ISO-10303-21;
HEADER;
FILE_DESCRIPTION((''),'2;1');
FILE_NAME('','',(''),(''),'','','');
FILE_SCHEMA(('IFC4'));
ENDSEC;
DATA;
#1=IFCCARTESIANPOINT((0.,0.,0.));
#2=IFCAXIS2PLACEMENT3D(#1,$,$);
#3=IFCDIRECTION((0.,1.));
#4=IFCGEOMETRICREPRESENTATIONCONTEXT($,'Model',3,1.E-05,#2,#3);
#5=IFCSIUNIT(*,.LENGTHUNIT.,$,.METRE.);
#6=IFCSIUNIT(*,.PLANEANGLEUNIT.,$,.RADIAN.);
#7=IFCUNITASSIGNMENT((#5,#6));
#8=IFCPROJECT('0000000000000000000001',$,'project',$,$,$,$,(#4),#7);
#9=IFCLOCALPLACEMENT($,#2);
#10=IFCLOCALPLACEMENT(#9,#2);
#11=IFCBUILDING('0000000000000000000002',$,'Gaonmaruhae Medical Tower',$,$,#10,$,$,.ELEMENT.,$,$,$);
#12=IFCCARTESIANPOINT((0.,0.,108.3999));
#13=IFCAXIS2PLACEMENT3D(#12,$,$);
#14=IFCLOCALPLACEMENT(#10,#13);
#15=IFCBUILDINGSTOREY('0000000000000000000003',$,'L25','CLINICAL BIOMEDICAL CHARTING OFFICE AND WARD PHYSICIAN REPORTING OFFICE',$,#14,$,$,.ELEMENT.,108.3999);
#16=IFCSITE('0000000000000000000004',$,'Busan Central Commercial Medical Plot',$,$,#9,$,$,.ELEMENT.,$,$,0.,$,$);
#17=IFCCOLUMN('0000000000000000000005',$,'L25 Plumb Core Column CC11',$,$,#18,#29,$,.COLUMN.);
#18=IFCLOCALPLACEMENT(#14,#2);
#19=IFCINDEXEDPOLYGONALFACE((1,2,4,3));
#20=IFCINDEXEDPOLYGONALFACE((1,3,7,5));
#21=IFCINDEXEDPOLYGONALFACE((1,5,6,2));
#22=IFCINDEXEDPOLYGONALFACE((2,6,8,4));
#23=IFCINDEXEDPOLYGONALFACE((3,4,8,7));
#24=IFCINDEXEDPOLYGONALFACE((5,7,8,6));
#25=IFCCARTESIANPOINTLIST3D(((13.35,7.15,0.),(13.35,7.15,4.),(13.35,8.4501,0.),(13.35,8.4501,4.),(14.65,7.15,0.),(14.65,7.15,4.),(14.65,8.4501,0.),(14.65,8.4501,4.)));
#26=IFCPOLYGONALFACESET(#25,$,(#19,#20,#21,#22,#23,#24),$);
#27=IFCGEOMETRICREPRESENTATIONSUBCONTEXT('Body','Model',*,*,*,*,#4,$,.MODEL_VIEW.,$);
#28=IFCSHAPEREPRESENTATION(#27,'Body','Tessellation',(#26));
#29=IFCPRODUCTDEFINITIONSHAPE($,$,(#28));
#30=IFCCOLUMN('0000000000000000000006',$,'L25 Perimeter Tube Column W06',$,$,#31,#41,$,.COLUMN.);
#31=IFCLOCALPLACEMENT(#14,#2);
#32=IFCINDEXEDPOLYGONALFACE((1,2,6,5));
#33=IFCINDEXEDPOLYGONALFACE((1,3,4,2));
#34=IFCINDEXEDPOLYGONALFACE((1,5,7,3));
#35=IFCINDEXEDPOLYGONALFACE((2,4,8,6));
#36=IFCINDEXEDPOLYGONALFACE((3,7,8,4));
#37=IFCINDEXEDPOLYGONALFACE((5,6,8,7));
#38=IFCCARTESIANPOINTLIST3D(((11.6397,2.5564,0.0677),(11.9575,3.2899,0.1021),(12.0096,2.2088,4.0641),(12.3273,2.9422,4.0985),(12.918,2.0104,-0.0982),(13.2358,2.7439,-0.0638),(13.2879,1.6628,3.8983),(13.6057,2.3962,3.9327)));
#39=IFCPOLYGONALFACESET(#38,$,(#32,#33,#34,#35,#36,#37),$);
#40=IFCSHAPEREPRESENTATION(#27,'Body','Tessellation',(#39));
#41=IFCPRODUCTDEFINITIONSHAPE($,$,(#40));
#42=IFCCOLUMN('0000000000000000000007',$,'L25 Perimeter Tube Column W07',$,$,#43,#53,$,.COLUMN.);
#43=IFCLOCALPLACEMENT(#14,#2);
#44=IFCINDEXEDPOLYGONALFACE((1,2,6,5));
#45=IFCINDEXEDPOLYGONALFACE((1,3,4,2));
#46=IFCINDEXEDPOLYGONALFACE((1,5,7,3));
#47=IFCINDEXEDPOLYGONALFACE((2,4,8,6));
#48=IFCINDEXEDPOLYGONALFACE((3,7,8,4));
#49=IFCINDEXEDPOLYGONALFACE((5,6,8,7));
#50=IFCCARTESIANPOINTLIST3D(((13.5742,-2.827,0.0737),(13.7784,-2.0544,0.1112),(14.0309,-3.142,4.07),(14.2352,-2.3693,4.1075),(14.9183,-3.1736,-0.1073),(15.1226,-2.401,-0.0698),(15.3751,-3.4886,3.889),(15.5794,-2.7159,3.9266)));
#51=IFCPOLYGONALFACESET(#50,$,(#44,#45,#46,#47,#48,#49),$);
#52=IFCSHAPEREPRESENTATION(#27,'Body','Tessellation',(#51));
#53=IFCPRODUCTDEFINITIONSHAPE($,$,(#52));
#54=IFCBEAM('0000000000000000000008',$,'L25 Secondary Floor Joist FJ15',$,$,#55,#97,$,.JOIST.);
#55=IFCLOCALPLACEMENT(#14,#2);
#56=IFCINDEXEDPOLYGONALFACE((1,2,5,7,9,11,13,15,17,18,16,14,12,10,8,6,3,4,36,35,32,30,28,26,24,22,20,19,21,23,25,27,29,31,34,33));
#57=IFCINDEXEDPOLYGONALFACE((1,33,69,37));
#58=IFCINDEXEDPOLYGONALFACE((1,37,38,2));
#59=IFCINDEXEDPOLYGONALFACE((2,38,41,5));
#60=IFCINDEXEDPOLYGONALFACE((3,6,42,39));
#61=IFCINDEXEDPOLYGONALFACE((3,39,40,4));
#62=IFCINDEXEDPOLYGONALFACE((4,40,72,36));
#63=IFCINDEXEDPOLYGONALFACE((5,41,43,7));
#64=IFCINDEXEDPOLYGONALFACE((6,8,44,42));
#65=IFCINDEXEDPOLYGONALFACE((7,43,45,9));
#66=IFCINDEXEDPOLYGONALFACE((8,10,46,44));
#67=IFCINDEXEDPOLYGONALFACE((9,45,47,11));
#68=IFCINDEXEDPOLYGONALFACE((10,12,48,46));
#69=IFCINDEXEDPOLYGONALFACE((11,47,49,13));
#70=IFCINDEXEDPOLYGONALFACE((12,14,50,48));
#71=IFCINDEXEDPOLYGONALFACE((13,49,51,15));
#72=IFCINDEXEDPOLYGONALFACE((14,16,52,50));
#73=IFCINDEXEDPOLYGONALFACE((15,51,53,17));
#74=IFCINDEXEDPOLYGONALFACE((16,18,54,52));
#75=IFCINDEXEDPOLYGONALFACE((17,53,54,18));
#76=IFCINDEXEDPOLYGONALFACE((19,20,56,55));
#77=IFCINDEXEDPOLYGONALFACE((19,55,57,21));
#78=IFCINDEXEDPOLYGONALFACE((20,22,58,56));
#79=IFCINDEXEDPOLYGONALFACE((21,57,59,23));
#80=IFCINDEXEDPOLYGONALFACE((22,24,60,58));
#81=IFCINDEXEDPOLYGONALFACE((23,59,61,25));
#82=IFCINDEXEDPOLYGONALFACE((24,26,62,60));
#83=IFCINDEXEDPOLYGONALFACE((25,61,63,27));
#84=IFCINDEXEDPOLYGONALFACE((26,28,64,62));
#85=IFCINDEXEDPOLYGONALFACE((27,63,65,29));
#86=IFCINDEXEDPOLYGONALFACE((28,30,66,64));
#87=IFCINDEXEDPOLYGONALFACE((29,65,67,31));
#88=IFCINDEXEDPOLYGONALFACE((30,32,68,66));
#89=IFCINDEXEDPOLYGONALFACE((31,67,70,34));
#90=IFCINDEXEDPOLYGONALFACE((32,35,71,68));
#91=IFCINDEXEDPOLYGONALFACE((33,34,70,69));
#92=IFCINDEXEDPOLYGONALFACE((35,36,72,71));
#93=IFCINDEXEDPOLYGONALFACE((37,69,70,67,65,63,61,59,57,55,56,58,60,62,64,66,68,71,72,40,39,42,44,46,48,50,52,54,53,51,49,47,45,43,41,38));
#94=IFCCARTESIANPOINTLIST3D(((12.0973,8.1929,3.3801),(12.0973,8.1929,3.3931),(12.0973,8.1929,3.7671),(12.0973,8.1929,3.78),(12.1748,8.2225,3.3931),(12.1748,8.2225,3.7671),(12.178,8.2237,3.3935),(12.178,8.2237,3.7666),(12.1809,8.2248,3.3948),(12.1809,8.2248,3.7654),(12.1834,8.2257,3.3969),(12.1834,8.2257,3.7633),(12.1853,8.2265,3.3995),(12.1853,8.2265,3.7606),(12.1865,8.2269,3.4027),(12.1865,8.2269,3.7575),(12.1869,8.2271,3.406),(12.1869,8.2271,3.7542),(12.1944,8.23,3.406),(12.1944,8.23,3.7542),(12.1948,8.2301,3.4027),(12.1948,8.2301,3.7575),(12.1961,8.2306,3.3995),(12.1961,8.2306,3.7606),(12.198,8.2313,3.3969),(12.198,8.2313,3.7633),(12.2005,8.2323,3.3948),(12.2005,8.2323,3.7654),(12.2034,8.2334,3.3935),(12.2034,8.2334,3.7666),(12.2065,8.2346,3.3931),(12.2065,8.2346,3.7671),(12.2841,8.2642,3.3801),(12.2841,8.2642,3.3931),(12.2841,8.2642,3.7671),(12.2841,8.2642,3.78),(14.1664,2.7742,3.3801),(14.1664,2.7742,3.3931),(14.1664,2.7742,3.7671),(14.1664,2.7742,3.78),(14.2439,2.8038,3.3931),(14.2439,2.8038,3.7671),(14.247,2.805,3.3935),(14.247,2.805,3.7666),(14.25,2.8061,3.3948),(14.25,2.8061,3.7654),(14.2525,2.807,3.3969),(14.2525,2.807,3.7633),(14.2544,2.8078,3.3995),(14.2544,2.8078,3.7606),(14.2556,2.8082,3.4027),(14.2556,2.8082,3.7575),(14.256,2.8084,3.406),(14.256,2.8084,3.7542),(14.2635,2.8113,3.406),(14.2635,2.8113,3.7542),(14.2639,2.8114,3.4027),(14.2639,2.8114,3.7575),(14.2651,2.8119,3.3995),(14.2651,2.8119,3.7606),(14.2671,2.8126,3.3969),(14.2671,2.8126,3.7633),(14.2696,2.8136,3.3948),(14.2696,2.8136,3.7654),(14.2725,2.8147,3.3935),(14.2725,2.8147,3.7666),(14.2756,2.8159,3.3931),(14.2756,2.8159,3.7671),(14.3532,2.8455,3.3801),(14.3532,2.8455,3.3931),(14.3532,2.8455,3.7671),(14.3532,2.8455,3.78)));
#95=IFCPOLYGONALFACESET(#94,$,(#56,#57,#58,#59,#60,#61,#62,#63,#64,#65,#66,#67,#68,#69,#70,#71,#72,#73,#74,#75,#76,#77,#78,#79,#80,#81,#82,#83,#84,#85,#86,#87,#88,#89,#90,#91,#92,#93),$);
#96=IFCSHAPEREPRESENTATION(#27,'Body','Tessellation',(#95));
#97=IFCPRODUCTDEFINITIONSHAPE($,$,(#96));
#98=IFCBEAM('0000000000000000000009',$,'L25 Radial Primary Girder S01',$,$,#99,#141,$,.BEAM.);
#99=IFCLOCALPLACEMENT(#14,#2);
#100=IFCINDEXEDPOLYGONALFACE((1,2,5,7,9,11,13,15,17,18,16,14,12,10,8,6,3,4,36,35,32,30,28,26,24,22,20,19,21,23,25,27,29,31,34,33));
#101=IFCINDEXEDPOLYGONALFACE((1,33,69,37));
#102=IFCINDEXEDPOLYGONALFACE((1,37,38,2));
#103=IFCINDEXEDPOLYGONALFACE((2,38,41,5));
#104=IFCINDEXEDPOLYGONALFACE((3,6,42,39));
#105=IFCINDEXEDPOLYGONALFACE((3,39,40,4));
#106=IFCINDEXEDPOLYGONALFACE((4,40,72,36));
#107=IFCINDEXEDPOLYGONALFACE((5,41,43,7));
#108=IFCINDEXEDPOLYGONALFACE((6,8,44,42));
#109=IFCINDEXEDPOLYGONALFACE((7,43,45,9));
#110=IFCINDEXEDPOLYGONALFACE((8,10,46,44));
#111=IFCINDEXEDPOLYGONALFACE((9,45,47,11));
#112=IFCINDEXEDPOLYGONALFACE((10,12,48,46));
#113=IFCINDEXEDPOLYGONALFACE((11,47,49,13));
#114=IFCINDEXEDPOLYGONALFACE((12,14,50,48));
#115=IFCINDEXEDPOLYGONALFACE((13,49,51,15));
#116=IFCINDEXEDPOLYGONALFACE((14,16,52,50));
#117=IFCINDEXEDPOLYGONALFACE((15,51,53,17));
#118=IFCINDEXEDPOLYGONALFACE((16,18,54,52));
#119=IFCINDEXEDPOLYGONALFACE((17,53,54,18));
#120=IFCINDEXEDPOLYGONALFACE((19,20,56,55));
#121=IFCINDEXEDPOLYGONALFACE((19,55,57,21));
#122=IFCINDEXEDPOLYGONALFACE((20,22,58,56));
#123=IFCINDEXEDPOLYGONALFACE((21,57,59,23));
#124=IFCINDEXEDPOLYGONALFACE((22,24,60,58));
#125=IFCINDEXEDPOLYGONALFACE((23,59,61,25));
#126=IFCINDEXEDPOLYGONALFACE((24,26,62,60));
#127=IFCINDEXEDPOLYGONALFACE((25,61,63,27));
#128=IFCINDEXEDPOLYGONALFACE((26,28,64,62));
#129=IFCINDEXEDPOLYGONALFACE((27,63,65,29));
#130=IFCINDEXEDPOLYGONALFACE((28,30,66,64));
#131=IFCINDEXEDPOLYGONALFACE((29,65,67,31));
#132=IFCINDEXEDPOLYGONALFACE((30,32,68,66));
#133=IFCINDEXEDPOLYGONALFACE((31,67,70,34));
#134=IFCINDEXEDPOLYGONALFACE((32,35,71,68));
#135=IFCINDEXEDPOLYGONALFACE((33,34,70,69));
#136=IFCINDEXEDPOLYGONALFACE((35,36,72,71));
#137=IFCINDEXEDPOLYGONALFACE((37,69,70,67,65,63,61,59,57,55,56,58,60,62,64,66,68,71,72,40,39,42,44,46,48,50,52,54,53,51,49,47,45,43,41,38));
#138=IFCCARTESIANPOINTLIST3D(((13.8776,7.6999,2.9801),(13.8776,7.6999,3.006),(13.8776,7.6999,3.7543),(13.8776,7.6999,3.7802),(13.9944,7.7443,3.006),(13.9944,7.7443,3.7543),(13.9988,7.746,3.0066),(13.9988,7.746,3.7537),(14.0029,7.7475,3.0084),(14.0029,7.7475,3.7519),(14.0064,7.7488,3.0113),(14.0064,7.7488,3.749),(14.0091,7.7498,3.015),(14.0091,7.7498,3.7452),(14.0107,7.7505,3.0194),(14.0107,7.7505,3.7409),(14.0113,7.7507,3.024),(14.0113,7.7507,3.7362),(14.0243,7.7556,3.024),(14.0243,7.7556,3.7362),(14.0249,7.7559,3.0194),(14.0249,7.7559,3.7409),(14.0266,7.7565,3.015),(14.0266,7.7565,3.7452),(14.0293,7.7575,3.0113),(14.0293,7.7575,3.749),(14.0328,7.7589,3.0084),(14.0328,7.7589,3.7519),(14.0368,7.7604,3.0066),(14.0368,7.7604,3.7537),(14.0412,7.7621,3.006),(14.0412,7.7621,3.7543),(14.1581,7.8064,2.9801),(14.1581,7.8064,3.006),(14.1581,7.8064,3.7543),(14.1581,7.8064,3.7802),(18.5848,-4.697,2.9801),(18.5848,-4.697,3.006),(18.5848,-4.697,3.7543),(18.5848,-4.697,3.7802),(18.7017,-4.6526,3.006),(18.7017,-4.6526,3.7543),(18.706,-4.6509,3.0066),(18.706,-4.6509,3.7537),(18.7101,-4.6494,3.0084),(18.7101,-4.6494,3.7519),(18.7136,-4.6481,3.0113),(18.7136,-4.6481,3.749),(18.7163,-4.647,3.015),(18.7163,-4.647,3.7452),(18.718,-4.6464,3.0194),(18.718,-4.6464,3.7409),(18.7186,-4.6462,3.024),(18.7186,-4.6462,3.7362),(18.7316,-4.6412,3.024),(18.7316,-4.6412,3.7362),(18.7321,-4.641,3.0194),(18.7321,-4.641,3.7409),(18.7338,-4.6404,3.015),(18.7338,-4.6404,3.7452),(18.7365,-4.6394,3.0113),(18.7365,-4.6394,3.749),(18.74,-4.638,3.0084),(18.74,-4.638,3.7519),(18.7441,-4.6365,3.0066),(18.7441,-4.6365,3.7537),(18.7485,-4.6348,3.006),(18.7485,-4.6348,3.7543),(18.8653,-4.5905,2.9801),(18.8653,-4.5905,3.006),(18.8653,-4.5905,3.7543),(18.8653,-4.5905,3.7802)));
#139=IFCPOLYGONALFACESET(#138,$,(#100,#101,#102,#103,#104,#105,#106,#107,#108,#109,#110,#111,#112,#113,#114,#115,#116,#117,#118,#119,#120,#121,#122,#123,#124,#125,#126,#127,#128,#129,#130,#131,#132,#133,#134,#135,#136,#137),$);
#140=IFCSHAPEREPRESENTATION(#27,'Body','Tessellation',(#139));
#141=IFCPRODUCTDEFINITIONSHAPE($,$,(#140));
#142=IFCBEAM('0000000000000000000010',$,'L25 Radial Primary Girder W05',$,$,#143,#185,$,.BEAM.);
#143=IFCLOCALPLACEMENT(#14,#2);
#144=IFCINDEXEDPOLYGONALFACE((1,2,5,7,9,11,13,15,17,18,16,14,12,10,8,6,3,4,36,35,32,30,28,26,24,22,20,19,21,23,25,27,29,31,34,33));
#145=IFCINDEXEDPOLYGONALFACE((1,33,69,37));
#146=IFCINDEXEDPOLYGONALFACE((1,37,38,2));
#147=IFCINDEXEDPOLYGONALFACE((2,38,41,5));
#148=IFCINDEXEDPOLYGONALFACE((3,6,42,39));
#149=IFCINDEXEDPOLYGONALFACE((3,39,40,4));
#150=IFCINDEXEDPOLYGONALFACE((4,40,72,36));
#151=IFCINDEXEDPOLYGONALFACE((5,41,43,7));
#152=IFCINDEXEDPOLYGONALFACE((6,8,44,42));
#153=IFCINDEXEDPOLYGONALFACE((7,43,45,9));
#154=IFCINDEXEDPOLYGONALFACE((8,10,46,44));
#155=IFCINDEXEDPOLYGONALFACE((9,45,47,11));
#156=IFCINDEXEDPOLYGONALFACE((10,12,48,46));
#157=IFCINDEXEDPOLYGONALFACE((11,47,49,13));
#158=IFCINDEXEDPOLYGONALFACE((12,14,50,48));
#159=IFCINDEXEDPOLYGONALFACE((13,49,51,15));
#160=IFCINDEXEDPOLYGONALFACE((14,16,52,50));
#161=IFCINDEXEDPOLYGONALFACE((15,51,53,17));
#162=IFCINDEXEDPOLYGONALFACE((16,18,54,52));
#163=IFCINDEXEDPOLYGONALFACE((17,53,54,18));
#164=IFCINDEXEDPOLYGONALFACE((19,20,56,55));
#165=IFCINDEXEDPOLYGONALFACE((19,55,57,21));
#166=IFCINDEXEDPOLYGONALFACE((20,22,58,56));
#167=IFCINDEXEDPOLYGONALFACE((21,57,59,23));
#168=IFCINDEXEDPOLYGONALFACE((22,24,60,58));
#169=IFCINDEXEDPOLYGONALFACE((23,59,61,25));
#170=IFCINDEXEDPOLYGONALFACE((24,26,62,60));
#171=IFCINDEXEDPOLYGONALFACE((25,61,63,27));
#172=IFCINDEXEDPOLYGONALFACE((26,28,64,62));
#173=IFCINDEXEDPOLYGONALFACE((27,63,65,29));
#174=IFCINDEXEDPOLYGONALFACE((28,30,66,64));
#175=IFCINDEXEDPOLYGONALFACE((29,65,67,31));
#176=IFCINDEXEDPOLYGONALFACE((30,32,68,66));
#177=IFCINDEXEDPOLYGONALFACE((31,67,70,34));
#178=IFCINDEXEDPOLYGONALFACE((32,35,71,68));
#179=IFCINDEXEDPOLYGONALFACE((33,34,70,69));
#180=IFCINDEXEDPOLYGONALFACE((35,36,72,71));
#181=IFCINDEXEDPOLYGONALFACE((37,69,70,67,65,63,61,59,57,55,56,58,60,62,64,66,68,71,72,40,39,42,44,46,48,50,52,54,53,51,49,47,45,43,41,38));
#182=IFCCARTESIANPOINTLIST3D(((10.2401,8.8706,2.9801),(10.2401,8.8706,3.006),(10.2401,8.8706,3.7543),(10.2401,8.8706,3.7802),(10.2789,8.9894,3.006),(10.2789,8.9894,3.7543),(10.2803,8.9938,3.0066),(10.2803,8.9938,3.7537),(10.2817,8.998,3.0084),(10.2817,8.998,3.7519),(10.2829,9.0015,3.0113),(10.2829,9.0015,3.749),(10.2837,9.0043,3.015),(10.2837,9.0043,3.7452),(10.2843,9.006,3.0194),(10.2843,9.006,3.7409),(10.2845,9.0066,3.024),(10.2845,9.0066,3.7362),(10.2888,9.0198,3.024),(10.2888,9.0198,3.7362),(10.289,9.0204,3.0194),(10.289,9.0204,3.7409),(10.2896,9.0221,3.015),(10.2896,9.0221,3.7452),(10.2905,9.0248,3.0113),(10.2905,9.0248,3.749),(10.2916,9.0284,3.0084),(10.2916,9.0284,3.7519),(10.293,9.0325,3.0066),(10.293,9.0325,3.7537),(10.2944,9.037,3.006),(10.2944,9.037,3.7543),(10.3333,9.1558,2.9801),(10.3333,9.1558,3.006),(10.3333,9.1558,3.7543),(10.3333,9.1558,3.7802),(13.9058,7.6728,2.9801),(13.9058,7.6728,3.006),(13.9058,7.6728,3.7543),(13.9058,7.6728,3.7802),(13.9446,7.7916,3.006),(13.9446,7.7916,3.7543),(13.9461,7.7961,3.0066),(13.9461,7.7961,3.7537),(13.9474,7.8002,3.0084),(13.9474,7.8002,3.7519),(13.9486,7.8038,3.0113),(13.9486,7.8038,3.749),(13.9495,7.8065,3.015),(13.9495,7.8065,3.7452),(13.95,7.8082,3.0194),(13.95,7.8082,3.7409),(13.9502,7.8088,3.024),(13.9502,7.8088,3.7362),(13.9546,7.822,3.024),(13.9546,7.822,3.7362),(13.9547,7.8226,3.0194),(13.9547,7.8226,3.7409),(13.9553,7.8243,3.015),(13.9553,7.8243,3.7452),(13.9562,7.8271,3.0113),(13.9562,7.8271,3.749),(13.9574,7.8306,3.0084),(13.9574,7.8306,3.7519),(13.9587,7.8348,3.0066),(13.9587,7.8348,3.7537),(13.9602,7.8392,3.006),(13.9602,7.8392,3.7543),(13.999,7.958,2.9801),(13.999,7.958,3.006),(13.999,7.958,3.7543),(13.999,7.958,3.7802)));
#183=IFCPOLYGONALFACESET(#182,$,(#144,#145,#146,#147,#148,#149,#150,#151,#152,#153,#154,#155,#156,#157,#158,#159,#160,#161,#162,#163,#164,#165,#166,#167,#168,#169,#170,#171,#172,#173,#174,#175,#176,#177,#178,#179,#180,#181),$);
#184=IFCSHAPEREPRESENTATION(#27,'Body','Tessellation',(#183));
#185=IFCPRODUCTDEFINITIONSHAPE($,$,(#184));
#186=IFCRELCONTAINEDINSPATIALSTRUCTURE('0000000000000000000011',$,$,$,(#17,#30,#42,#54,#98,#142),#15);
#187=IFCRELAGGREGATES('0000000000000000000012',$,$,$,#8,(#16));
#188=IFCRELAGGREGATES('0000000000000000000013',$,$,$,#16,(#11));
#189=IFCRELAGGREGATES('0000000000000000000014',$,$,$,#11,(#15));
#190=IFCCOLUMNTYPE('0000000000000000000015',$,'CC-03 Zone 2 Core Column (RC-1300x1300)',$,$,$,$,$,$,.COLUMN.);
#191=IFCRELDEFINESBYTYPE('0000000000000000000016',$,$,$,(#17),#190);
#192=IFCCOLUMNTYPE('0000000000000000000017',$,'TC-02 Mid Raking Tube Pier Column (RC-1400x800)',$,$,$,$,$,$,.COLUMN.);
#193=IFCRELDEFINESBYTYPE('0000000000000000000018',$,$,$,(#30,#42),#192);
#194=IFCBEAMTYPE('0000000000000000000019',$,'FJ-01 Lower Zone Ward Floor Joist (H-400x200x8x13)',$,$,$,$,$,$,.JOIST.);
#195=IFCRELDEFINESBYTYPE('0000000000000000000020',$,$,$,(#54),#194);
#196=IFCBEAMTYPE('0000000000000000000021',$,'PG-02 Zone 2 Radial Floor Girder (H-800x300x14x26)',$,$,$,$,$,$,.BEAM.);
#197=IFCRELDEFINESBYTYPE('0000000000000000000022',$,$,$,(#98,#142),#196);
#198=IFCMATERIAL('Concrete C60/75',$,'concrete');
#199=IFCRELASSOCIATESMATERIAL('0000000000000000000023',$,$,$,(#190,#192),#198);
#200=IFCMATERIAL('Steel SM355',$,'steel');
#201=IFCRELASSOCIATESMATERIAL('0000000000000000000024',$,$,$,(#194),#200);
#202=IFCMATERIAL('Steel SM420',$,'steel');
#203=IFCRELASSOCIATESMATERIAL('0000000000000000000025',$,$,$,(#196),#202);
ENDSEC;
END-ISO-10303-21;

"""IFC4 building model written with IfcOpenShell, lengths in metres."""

from ifc_helpers import new_model, si_unit, direction, frame, origin, origin_2d, place, context, subcontext, project, spatial, rectangle, i_section, extrude, material, material_profile, profile_set, type_object, element, save


model = new_model("IFC4")

# Units and contexts
model_context = context("Model", 3, precision=1e-05, world=origin(), true_north=direction((0.0, 1.0)))
body_context = subcontext(model_context, "Body", "Model", "MODEL_VIEW")
ifc_project = project(units=[si_unit("LENGTHUNIT", "METRE"), si_unit("PLANEANGLEUNIT", "RADIAN")], contexts=[model_context])

# Site, building, storey
site_placement = place(None, origin())
site = spatial("IfcSite", under=ifc_project, at=site_placement, Name="Busan Central Commercial Medical Plot", CompositionType="ELEMENT", RefElevation=0.0)
building_placement = place(site_placement, origin())
building = spatial("IfcBuilding", under=site, at=building_placement, Name="Gaonmaruhae Medical Tower", CompositionType="ELEMENT")
storey_placement = place(building_placement, frame((0.0, 0.0, 108.3999)))
storey = spatial("IfcBuildingStorey", under=building, at=storey_placement, Name="L25", Description="CLINICAL BIOMEDICAL CHARTING OFFICE AND WARD PHYSICIAN REPORTING OFFICE", CompositionType="ELEMENT", Elevation=108.3999)

# Columns
ifc_material_1 = material(Name="Concrete C60/75", Category="concrete")
ifc_material_profile_1 = material_profile(ifc_material_1, rectangle(XDim=1.3, YDim=1.3, at=origin_2d()), Name="RC-1300x1300")
ifc_profile_set_1 = profile_set([ifc_material_profile_1], Name="Concrete C60/75")
column_type_1 = type_object("IfcColumnType", Name="CC-03 Zone 2 Core Column (RC-1300x1300)", PredefinedType="COLUMN", material=ifc_profile_set_1)
column_1_placement = place(storey_placement, frame((14.0, 7.8, 0.0), z_axis=(0.0, 0.0, 1.0), x_axis=(1.0, 0.0, 0.0)))
element("IfcColumn", 1, at=column_1_placement, inside=storey, type_object=column_type_1, Name="L25 Plumb Core Column CC11", PredefinedType="COLUMN", context=body_context, shape_type="SweptSolid", body=[
    extrude(rectangle(XDim=1.3, YDim=1.3, at=origin_2d()), origin(), (0.0, 0.0, 1.0), 4.0),
])
ifc_material_profile_2 = material_profile(ifc_material_1, rectangle(XDim=1.3999, YDim=0.8, at=origin_2d()), Name="RC-1400x800")
ifc_profile_set_2 = profile_set([ifc_material_profile_2], Name="Concrete C60/75")
column_type_2 = type_object("IfcColumnType", Name="TC-02 Mid Raking Tube Pier Column (RC-1400x800)", PredefinedType="COLUMN", material=ifc_profile_set_2)
column_2_placement = place(storey_placement, frame((12.4377, 2.6501, 0.002), z_axis=(0.091815, -0.0863, 0.992029), x_axis=(-0.913149, 0.390038, 0.118446)))
element("IfcColumn", 2, at=column_2_placement, inside=storey, type_object=column_type_2, Name="L25 Perimeter Tube Column W06", PredefinedType="COLUMN", context=body_context, shape_type="SweptSolid", body=[
    extrude(rectangle(XDim=1.3999, YDim=0.8, at=origin_2d()), origin(), (0.0, 0.0, 1.0), 4.0286),
])
column_3_placement = place(storey_placement, frame((14.3484, -2.614, 0.002), z_axis=(0.113215, -0.078059, 0.990499), x_axis=(-0.960202, 0.247593, 0.129265)))
element("IfcColumn", 3, at=column_3_placement, inside=storey, type_object=column_type_2, Name="L25 Perimeter Tube Column W07", PredefinedType="COLUMN", context=body_context, shape_type="SweptSolid", body=[
    extrude(rectangle(XDim=1.3999, YDim=0.8, at=origin_2d()), origin(), (0.0, 0.0, 1.0), 4.0347),
])

# Beams
ifc_material_2 = material(Name="Steel SM355", Category="steel")
ifc_material_profile_3 = material_profile(ifc_material_2, i_section(OverallWidth=0.2, OverallDepth=0.3999, WebThickness=0.0081, FlangeThickness=0.0129, FilletRadius=0.0129, at=origin_2d()), Name="H-400x200x8x13")
ifc_profile_set_3 = profile_set([ifc_material_profile_3], Name="Steel SM355")
beam_type_1 = type_object("IfcBeamType", Name="FJ-01 Lower Zone Ward Floor Joist (H-400x200x8x13)", PredefinedType="JOIST", material=ifc_profile_set_3)
beam_1_placement = place(storey_placement, frame((12.1907, 8.2285, 3.5801), z_axis=(0.356722, -0.934211, 0.0), x_axis=(0.934211, 0.356722, 0.0)))
element("IfcBeam", 4, at=beam_1_placement, inside=storey, type_object=beam_type_1, Name="L25 Secondary Floor Joist FJ15", PredefinedType="JOIST", context=body_context, shape_type="SweptSolid", body=[
    extrude(i_section(OverallWidth=0.2, OverallDepth=0.3999, WebThickness=0.0081, FlangeThickness=0.0129, FilletRadius=0.0129, at=origin_2d()), origin(), (0.0, 0.0, 1.0), 5.8003),
])
ifc_material_3 = material(Name="Steel SM420", Category="steel")
ifc_material_profile_4 = material_profile(ifc_material_3, i_section(OverallWidth=0.3, OverallDepth=0.8, WebThickness=0.0139, FlangeThickness=0.0259, FilletRadius=0.0181, at=origin_2d()), Name="H-800x300x14x26")
ifc_profile_set_4 = profile_set([ifc_material_profile_4], Name="Steel SM420")
beam_type_2 = type_object("IfcBeamType", Name="PG-02 Zone 2 Radial Floor Girder (H-800x300x14x26)", PredefinedType="BEAM", material=ifc_profile_set_4)
beam_2_placement = place(storey_placement, frame((14.0178, 7.7532, 3.3801), z_axis=(0.354982, -0.934873, 0.0), x_axis=(0.934873, 0.354982, 0.0)))
element("IfcBeam", 5, at=beam_2_placement, inside=storey, type_object=beam_type_2, Name="L25 Radial Primary Girder S01", PredefinedType="BEAM", context=body_context, shape_type="SweptSolid", body=[
    extrude(i_section(OverallWidth=0.3, OverallDepth=0.8, WebThickness=0.0139, FlangeThickness=0.0259, FilletRadius=0.0181, at=origin_2d()), origin(), (0.0, 0.0, 1.0), 13.2605),
])
beam_3_placement = place(storey_placement, frame((13.9524, 7.8154, 3.3801), z_axis=(-0.950547, 0.310582, 0.0), x_axis=(-0.310582, -0.950547, 0.0)))
element("IfcBeam", 6, at=beam_3_placement, inside=storey, type_object=beam_type_2, Name="L25 Radial Primary Girder W05", PredefinedType="BEAM", context=body_context, shape_type="SweptSolid", body=[
    extrude(i_section(OverallWidth=0.3, OverallDepth=0.8, WebThickness=0.0139, FlangeThickness=0.0259, FilletRadius=0.0181, at=origin_2d()), origin(), (0.0, 0.0, 1.0), 3.8564),
])

save(model, "model.ifc")
